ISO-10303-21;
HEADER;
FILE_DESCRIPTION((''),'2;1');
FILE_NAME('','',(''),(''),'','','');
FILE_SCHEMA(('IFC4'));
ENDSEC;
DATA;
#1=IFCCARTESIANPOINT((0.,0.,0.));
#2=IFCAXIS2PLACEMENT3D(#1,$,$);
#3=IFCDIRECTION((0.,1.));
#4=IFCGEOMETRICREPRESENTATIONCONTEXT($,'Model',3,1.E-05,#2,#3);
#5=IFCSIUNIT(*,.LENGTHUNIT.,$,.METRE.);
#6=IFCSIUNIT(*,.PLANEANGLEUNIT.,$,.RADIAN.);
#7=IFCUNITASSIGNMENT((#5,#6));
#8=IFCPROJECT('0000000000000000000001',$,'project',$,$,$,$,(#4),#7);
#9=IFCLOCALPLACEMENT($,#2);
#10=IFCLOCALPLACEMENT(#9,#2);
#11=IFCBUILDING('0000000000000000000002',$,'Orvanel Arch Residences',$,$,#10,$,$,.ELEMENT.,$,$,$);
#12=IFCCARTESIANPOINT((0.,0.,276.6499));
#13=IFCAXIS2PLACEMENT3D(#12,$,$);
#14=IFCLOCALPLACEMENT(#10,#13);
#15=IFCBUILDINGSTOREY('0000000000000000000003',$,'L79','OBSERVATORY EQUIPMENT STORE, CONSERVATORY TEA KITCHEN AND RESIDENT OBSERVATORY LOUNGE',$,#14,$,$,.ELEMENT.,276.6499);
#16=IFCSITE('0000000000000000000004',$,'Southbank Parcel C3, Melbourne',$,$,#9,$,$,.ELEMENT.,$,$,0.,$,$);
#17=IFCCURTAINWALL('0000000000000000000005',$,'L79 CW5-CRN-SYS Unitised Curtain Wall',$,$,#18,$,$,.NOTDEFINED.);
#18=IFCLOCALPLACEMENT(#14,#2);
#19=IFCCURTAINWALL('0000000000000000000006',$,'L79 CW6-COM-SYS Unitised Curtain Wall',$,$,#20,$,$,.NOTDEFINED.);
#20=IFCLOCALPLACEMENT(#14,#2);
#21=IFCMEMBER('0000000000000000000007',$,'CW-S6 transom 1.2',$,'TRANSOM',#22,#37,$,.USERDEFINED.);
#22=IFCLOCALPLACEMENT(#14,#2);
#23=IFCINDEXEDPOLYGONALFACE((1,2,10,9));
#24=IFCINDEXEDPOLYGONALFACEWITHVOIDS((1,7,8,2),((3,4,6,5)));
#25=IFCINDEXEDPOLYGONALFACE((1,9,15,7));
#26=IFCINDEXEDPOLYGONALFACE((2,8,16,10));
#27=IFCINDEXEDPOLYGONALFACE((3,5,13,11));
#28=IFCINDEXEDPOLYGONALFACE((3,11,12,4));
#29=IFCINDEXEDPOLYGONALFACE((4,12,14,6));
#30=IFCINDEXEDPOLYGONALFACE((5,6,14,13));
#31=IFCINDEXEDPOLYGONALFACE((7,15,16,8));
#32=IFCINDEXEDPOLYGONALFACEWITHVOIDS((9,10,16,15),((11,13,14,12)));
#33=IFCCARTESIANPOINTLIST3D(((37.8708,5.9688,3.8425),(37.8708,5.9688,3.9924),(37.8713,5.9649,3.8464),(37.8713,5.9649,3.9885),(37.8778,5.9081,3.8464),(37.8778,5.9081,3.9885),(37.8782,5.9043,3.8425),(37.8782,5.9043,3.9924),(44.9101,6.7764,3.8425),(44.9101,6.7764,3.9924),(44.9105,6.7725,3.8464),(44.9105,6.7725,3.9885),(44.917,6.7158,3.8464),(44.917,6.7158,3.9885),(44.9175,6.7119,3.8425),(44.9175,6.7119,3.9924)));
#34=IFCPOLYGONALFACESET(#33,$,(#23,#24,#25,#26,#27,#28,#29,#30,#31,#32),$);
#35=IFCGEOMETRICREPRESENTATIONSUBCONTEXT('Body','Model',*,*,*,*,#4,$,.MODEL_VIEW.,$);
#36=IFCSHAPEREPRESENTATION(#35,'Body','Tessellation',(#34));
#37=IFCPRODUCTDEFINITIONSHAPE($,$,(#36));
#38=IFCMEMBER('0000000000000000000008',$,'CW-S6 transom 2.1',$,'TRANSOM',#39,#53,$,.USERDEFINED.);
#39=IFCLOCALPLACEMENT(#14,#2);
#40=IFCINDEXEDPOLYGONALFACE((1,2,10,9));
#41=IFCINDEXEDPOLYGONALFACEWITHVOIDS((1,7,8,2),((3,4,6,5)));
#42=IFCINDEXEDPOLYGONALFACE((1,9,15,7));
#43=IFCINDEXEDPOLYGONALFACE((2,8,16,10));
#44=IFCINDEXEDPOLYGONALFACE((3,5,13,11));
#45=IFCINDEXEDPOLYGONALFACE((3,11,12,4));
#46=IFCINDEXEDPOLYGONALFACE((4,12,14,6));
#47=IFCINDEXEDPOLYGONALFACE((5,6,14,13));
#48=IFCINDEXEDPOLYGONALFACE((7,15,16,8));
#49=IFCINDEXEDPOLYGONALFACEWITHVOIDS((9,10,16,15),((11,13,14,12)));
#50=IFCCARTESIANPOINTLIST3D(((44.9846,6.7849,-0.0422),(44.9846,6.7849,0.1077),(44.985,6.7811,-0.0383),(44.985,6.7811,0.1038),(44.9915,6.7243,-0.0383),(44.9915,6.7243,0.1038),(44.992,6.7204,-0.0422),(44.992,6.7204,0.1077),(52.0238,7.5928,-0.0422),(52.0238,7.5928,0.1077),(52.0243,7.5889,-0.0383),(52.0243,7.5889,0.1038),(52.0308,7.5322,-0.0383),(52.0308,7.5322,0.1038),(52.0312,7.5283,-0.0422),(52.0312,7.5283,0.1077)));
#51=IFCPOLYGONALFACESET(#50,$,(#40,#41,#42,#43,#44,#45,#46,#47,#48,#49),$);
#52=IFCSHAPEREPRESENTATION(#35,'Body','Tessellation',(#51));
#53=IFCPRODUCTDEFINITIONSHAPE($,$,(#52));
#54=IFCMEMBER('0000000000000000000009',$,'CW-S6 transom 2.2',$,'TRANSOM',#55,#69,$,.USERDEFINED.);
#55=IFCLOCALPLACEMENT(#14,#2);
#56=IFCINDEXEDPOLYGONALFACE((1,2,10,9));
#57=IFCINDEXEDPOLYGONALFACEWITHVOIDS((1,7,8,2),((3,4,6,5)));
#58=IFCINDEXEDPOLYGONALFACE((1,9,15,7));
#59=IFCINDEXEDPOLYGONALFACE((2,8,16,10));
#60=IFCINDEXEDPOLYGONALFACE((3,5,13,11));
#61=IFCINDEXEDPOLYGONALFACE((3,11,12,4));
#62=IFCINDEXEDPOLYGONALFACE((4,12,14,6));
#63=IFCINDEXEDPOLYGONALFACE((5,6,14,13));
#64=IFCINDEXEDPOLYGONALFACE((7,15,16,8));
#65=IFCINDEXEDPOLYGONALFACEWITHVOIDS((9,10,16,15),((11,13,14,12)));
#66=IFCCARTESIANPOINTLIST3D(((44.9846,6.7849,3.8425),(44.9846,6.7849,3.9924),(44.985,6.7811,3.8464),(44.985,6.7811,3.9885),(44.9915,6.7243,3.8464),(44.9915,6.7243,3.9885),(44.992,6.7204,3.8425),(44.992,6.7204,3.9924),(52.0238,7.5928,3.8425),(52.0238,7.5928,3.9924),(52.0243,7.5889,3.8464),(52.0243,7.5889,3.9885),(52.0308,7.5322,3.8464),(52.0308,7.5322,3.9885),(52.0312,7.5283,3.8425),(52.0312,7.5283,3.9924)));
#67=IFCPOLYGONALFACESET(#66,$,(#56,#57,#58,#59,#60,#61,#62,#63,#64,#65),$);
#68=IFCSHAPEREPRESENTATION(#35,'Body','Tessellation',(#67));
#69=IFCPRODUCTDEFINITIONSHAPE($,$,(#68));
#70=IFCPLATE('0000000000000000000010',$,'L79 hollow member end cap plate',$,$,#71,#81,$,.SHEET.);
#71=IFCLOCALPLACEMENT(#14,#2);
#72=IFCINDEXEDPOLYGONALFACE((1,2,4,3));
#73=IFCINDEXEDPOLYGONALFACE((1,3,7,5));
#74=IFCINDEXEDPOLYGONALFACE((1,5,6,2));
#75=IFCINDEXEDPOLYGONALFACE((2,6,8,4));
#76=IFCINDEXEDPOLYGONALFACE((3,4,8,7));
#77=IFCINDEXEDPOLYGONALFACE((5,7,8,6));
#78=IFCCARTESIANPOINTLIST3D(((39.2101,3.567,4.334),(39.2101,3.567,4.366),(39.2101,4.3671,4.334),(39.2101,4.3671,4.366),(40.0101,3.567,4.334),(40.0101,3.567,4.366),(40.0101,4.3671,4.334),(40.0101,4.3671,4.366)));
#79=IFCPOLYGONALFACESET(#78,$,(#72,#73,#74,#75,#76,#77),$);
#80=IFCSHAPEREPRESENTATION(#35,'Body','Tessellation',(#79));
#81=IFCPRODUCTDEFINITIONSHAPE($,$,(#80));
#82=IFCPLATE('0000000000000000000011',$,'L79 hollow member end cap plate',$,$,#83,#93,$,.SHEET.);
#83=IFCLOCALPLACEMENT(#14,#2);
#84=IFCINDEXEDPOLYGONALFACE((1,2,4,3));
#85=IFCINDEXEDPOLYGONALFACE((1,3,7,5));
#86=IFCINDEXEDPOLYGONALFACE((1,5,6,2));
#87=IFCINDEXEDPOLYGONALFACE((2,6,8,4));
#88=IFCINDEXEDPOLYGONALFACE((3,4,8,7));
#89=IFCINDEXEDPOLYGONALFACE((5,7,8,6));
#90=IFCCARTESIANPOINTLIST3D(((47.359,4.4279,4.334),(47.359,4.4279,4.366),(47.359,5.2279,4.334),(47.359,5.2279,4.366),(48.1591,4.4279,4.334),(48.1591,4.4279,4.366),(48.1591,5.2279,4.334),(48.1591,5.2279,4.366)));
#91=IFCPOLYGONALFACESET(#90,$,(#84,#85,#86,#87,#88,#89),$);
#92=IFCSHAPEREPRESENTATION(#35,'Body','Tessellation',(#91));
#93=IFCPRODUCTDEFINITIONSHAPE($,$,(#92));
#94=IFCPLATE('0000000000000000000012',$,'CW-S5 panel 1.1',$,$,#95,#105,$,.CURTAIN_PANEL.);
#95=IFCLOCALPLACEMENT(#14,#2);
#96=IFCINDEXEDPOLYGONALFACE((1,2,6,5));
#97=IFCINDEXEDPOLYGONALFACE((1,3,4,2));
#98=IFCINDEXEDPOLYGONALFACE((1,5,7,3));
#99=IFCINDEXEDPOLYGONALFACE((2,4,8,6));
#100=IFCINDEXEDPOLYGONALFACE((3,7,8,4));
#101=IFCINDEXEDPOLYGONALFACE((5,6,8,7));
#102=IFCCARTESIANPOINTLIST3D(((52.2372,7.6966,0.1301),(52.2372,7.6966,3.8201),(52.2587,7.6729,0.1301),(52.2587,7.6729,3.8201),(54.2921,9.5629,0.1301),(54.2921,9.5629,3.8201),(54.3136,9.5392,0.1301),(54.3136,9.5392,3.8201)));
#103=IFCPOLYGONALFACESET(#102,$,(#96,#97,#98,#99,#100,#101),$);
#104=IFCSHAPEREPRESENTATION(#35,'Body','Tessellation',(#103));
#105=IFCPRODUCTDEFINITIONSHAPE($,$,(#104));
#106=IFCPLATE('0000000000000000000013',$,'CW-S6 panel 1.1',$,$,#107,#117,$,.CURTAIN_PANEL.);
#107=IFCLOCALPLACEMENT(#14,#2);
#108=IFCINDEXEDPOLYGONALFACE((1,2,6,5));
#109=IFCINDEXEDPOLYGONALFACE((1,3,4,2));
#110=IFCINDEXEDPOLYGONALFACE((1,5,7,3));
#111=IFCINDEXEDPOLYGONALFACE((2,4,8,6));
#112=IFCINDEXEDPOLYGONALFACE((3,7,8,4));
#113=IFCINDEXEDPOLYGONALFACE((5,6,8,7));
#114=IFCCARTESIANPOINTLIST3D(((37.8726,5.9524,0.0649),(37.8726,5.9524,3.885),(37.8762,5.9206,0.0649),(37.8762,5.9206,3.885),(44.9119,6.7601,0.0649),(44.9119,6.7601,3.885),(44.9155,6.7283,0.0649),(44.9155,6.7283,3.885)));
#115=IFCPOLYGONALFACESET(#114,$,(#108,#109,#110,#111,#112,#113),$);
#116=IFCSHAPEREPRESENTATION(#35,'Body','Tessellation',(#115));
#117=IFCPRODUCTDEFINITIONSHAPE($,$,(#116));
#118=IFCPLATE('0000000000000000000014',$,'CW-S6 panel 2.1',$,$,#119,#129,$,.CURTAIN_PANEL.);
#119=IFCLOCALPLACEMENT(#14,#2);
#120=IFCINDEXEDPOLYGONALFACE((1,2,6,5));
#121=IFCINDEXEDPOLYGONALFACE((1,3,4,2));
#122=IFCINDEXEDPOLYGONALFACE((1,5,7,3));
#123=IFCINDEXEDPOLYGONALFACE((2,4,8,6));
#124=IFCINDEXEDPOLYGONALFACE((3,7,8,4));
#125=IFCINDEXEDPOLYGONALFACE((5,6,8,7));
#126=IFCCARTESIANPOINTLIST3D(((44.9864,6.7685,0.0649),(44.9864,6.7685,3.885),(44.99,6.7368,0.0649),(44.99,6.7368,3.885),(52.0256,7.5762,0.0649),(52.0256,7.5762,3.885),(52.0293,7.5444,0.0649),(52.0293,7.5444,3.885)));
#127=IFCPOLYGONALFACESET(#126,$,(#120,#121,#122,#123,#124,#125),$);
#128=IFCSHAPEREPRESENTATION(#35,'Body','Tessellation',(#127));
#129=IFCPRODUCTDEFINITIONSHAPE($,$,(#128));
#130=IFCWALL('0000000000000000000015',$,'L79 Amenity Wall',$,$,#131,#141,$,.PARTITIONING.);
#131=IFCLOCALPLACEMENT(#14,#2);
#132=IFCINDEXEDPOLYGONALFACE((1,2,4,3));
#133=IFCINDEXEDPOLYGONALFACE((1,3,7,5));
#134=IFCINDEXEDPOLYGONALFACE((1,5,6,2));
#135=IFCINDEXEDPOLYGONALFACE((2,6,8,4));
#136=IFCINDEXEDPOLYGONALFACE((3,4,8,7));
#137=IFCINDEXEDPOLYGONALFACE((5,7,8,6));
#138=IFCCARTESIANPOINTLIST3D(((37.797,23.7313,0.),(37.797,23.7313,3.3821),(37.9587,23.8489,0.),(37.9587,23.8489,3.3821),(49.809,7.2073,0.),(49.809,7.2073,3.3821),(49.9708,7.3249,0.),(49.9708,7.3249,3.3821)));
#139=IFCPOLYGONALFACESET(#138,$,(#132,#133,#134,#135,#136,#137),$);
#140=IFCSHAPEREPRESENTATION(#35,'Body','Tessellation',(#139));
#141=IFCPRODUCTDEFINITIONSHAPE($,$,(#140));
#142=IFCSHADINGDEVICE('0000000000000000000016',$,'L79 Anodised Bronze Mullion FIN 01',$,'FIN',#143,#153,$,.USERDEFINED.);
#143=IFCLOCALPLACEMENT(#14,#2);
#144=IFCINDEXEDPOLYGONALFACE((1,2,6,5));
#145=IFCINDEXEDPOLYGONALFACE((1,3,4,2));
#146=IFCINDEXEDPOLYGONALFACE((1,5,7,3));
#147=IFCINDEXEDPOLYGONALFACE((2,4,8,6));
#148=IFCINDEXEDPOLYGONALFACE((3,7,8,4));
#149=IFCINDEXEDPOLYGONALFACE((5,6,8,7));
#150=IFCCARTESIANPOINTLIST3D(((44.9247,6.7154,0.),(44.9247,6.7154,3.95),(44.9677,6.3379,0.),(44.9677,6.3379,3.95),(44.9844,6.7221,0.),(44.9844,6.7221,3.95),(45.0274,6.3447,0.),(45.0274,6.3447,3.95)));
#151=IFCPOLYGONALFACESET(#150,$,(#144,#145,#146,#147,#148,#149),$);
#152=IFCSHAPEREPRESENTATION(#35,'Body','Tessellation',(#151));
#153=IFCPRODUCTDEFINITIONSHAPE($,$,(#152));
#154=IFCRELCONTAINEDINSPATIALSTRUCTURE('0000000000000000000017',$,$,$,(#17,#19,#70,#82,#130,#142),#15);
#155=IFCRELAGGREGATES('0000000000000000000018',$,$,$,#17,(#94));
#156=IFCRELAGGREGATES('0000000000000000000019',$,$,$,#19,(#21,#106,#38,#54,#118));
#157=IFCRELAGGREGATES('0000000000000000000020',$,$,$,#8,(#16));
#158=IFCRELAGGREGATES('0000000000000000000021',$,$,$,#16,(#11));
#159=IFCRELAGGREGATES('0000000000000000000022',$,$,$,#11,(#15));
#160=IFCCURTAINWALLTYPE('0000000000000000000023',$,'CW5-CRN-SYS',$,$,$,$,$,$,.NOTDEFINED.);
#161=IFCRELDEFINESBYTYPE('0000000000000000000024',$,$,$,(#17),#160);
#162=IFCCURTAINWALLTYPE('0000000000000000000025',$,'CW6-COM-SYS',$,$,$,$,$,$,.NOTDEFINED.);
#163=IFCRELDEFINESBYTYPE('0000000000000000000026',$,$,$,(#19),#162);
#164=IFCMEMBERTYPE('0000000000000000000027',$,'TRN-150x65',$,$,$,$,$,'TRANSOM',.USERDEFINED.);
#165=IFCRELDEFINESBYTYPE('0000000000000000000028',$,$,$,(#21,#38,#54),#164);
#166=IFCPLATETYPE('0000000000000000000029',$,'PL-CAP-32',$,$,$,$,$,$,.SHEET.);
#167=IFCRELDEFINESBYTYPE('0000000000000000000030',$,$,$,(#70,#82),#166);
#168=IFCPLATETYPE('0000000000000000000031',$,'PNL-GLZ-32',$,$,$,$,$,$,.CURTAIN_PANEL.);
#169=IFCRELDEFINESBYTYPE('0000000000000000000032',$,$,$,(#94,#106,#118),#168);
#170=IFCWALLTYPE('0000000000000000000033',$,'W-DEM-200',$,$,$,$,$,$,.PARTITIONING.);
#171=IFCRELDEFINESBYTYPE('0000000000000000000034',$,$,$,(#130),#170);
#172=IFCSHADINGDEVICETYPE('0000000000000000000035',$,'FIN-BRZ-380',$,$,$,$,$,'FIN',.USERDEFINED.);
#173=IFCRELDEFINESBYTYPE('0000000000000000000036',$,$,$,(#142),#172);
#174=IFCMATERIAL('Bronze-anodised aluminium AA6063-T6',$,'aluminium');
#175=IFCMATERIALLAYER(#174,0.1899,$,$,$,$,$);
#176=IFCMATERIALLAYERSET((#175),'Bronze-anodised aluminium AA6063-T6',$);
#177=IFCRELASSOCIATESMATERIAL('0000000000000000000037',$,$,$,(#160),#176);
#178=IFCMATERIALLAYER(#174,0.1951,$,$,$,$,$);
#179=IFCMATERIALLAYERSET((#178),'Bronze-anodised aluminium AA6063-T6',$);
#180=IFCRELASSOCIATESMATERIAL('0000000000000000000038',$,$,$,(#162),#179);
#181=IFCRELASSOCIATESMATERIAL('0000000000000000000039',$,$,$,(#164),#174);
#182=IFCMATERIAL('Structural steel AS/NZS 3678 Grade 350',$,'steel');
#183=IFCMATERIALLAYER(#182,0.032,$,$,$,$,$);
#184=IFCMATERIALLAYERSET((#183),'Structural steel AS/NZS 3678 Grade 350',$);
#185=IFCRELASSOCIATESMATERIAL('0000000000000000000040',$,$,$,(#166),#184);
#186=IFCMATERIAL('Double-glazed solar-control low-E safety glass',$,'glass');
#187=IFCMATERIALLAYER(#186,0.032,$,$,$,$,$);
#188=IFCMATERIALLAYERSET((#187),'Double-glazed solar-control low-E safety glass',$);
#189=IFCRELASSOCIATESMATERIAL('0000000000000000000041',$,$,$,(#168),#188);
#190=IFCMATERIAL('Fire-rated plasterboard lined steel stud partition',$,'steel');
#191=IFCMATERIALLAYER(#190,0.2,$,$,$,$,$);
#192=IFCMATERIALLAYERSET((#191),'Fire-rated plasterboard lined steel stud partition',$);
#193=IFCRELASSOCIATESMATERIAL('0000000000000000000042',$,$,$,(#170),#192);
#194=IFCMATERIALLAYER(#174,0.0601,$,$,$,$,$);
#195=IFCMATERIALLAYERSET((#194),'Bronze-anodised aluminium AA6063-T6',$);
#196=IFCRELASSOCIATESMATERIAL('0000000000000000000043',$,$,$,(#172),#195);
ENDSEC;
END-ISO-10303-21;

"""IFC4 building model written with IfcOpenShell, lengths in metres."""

from ifc_helpers import new_model, si_unit, direction, frame, frame_2d, origin, origin_2d, place, context, subcontext, project, spatial, rectangle, hollow_rectangle, extrude, material, layer, layer_set, material_profile, profile_set, type_object, element, aggregate, save


model = new_model("IFC4")

# Units and contexts
model_context = context("Model", 3, precision=1e-05, world=origin(), true_north=direction((0.0, 1.0)))
body_context = subcontext(model_context, "Body", "Model", "MODEL_VIEW")
ifc_project = project(units=[si_unit("LENGTHUNIT", "METRE"), si_unit("PLANEANGLEUNIT", "RADIAN")], contexts=[model_context])

# Site, building, storey
site_placement = place(None, origin())
site = spatial("IfcSite", under=ifc_project, at=site_placement, Name="Southbank Parcel C3, Melbourne", CompositionType="ELEMENT", RefElevation=0.0)
building_placement = place(site_placement, origin())
building = spatial("IfcBuilding", under=site, at=building_placement, Name="Orvanel Arch Residences", CompositionType="ELEMENT")
storey_placement = place(building_placement, frame((0.0, 0.0, 276.6499)))
storey = spatial("IfcBuildingStorey", under=building, at=storey_placement, Name="L79", Description="OBSERVATORY EQUIPMENT STORE, CONSERVATORY TEA KITCHEN AND RESIDENT OBSERVATORY LOUNGE", CompositionType="ELEMENT", Elevation=276.6499)

# Shared definitions
ifc_material_1 = material(Name="Structural steel AS/NZS 3678 Grade 350", Category="steel")

# Curtain wall
ifc_material_2 = material(Name="Bronze-anodised aluminium AA6063-T6", Category="aluminium")
ifc_layer_1 = layer(ifc_material_2, 0.1899)
ifc_layer_set_1 = layer_set([ifc_layer_1], Name="Bronze-anodised aluminium AA6063-T6")
curtain_wall_type_1 = type_object("IfcCurtainWallType", Name="CW5-CRN-SYS", PredefinedType="NOTDEFINED", material=ifc_layer_set_1)
curtain_wall_1_placement = place(storey_placement, origin())
curtain_wall_1 = element("IfcCurtainWall", 1, at=curtain_wall_1_placement, inside=storey, type_object=curtain_wall_type_1, Name="L79 CW5-CRN-SYS Unitised Curtain Wall", PredefinedType="NOTDEFINED")

# Curtain wall
ifc_layer_2 = layer(ifc_material_2, 0.1951)
ifc_layer_set_2 = layer_set([ifc_layer_2], Name="Bronze-anodised aluminium AA6063-T6")
curtain_wall_type_2 = type_object("IfcCurtainWallType", Name="CW6-COM-SYS", PredefinedType="NOTDEFINED", material=ifc_layer_set_2)
curtain_wall_2_placement = place(storey_placement, origin())
curtain_wall_2 = element("IfcCurtainWall", 2, at=curtain_wall_2_placement, inside=storey, type_object=curtain_wall_type_2, Name="L79 CW6-COM-SYS Unitised Curtain Wall", PredefinedType="NOTDEFINED")

# Members
ifc_material_profile_1 = material_profile(ifc_material_2, hollow_rectangle(XDim=0.0649, YDim=0.1499, WallThickness=0.0039, at=origin_2d()), Name="ALU150x65x4")
ifc_profile_set_1 = profile_set([ifc_material_profile_1], Name="Bronze-anodised aluminium AA6063-T6")
member_type_1 = type_object("IfcMemberType", Name="TRN-150x65", ElementType="TRANSOM", PredefinedType="USERDEFINED", material=ifc_profile_set_1)
member_1_placement = place(storey_placement, frame((37.8745, 5.9365, 3.9175), z_axis=(0.993483, 0.113982, 0.0), x_axis=(-0.113982, 0.993483, 0.0)))
member_1 = element("IfcMember", 3, at=member_1_placement, type_object=member_type_1, Name="CW-S6 transom 1.2", ObjectType="TRANSOM", PredefinedType="USERDEFINED", context=body_context, shape_type="SweptSolid", body=[
    extrude(hollow_rectangle(XDim=0.0649, YDim=0.1499, WallThickness=0.0039, at=origin_2d()), origin(), (0.0, 0.0, 1.0), 7.0854),
])
member_2_placement = place(storey_placement, frame((44.9883, 6.7527, 0.0327), z_axis=(0.993479, 0.114016, 0.0), x_axis=(-0.114016, 0.993479, 0.0)))
member_2 = element("IfcMember", 4, at=member_2_placement, type_object=member_type_1, Name="CW-S6 transom 2.1", ObjectType="TRANSOM", PredefinedType="USERDEFINED", context=body_context, shape_type="SweptSolid", body=[
    extrude(hollow_rectangle(XDim=0.0649, YDim=0.1499, WallThickness=0.0039, at=origin_2d()), origin(), (0.0, 0.0, 1.0), 7.0854),
])
member_3_placement = place(storey_placement, frame((44.9883, 6.7527, 3.9175), z_axis=(0.993479, 0.114016, 0.0), x_axis=(-0.114016, 0.993479, 0.0)))
member_3 = element("IfcMember", 5, at=member_3_placement, type_object=member_type_1, Name="CW-S6 transom 2.2", ObjectType="TRANSOM", PredefinedType="USERDEFINED", context=body_context, shape_type="SweptSolid", body=[
    extrude(hollow_rectangle(XDim=0.0649, YDim=0.1499, WallThickness=0.0039, at=origin_2d()), origin(), (0.0, 0.0, 1.0), 7.0854),
])

# Plates
ifc_layer_3 = layer(ifc_material_1, 0.032)
ifc_layer_set_3 = layer_set([ifc_layer_3], Name="Structural steel AS/NZS 3678 Grade 350")
plate_type_1 = type_object("IfcPlateType", Name="PL-CAP-32", PredefinedType="SHEET", material=ifc_layer_set_3)
for number, where, z_axis, x_axis, name in (
    (6, (39.6101, 3.967, 4.334), (0.0, 0.0, 1.0), (1.0, 0.0, 0.0), "L79 hollow member end cap plate"),
    (7, (47.759, 4.8279, 4.334), (0.0, 0.0, 1.0), (1.0, 0.0, 0.0), "L79 hollow member end cap plate"),
):
    element("IfcPlate", number, at=place(storey_placement, frame(where, z_axis=z_axis, x_axis=x_axis)), inside=storey, type_object=plate_type_1, Name=name, PredefinedType="SHEET", context=body_context, shape_type="SweptSolid", body=[
        extrude(rectangle(XDim=0.8, YDim=0.8, at=origin_2d()), origin(), (0.0, 0.0, 1.0), 0.032),
    ])

# Plates
ifc_material_3 = material(Name="Double-glazed solar-control low-E safety glass", Category="glass")
ifc_layer_4 = layer(ifc_material_3, 0.032)
ifc_layer_set_4 = layer_set([ifc_layer_4], Name="Double-glazed solar-control low-E safety glass")
plate_type_2 = type_object("IfcPlateType", Name="PNL-GLZ-32", PredefinedType="CURTAIN_PANEL", material=ifc_layer_set_4)
plate_1_placement = place(storey_placement, frame((53.2754, 8.6179, 0.1301), z_axis=(0.0, 0.0, 1.0), x_axis=(0.740264, 0.672317, 0.0)))
plate_1 = element("IfcPlate", 8, at=plate_1_placement, type_object=plate_type_2, Name="CW-S5 panel 1.1", PredefinedType="CURTAIN_PANEL", context=body_context, shape_type="SweptSolid", body=[
    extrude(rectangle(XDim=2.7759, YDim=0.032, at=origin_2d()), origin(), (0.0, 0.0, 1.0), 3.6899),
])
aggregate(curtain_wall_1, [plate_1])
plate_2_placement = place(storey_placement, frame((41.394, 6.3403, 0.0649), z_axis=(0.0, 0.0, 1.0), x_axis=(0.993482, 0.113991, 0.0)))
plate_2 = element("IfcPlate", 9, at=plate_2_placement, type_object=plate_type_2, Name="CW-S6 panel 1.1", PredefinedType="CURTAIN_PANEL", context=body_context, shape_type="SweptSolid", body=[
    extrude(rectangle(XDim=7.0854, YDim=0.032, at=origin_2d()), origin(), (0.0, 0.0, 1.0), 3.8201),
])
plate_3_placement = place(storey_placement, frame((48.5078, 7.1565, 0.0649), z_axis=(0.0, 0.0, 1.0), x_axis=(0.993482, 0.113991, 0.0)))
plate_3 = element("IfcPlate", 10, at=plate_3_placement, type_object=plate_type_2, Name="CW-S6 panel 2.1", PredefinedType="CURTAIN_PANEL", context=body_context, shape_type="SweptSolid", body=[
    extrude(rectangle(XDim=7.0854, YDim=0.032, at=origin_2d()), origin(), (0.0, 0.0, 1.0), 3.8201),
])
aggregate(curtain_wall_2, [member_1, plate_2, member_2, member_3, plate_3])

# Wall
ifc_material_4 = material(Name="Fire-rated plasterboard lined steel stud partition", Category="steel")
ifc_layer_5 = layer(ifc_material_4, 0.2)
ifc_layer_set_5 = layer_set([ifc_layer_5], Name="Fire-rated plasterboard lined steel stud partition")
wall_type = type_object("IfcWallType", Name="W-DEM-200", PredefinedType="PARTITIONING", material=ifc_layer_set_5)
wall_placement = place(storey_placement, frame((49.8899, 7.2661, 0.0), z_axis=(0.0, 0.0, 1.0), x_axis=(-0.587998, 0.808863, 0.0)))
element("IfcWall", 11, at=wall_placement, inside=storey, type_object=wall_type, Name="L79 Amenity Wall", PredefinedType="PARTITIONING", context=body_context, shape_type="SweptSolid", body=[
    extrude(rectangle(XDim=20.4287, YDim=0.2, at=frame_2d((10.2144, 0.0))), origin(), (0.0, 0.0, 1.0), 3.3821),
])

# Shading device
ifc_layer_6 = layer(ifc_material_2, 0.0601)
ifc_layer_set_6 = layer_set([ifc_layer_6], Name="Bronze-anodised aluminium AA6063-T6")
shading_device_type = type_object("IfcShadingDeviceType", Name="FIN-BRZ-380", ElementType="FIN", PredefinedType="USERDEFINED", material=ifc_layer_set_6)
shading_device_placement = place(storey_placement, frame((44.9761, 6.53, 0.0), z_axis=(0.0, 0.0, 1.0), x_axis=(0.113203, -0.993572, 0.0)))
element("IfcShadingDevice", 12, at=shading_device_placement, inside=storey, type_object=shading_device_type, Name="L79 Anodised Bronze Mullion FIN 01", ObjectType="FIN", PredefinedType="USERDEFINED", context=body_context, shape_type="SweptSolid", body=[
    extrude(rectangle(XDim=0.3799, YDim=0.0601, at=origin_2d()), origin(), (0.0, 0.0, 1.0), 3.95),
])

save(model, "model.ifc")
